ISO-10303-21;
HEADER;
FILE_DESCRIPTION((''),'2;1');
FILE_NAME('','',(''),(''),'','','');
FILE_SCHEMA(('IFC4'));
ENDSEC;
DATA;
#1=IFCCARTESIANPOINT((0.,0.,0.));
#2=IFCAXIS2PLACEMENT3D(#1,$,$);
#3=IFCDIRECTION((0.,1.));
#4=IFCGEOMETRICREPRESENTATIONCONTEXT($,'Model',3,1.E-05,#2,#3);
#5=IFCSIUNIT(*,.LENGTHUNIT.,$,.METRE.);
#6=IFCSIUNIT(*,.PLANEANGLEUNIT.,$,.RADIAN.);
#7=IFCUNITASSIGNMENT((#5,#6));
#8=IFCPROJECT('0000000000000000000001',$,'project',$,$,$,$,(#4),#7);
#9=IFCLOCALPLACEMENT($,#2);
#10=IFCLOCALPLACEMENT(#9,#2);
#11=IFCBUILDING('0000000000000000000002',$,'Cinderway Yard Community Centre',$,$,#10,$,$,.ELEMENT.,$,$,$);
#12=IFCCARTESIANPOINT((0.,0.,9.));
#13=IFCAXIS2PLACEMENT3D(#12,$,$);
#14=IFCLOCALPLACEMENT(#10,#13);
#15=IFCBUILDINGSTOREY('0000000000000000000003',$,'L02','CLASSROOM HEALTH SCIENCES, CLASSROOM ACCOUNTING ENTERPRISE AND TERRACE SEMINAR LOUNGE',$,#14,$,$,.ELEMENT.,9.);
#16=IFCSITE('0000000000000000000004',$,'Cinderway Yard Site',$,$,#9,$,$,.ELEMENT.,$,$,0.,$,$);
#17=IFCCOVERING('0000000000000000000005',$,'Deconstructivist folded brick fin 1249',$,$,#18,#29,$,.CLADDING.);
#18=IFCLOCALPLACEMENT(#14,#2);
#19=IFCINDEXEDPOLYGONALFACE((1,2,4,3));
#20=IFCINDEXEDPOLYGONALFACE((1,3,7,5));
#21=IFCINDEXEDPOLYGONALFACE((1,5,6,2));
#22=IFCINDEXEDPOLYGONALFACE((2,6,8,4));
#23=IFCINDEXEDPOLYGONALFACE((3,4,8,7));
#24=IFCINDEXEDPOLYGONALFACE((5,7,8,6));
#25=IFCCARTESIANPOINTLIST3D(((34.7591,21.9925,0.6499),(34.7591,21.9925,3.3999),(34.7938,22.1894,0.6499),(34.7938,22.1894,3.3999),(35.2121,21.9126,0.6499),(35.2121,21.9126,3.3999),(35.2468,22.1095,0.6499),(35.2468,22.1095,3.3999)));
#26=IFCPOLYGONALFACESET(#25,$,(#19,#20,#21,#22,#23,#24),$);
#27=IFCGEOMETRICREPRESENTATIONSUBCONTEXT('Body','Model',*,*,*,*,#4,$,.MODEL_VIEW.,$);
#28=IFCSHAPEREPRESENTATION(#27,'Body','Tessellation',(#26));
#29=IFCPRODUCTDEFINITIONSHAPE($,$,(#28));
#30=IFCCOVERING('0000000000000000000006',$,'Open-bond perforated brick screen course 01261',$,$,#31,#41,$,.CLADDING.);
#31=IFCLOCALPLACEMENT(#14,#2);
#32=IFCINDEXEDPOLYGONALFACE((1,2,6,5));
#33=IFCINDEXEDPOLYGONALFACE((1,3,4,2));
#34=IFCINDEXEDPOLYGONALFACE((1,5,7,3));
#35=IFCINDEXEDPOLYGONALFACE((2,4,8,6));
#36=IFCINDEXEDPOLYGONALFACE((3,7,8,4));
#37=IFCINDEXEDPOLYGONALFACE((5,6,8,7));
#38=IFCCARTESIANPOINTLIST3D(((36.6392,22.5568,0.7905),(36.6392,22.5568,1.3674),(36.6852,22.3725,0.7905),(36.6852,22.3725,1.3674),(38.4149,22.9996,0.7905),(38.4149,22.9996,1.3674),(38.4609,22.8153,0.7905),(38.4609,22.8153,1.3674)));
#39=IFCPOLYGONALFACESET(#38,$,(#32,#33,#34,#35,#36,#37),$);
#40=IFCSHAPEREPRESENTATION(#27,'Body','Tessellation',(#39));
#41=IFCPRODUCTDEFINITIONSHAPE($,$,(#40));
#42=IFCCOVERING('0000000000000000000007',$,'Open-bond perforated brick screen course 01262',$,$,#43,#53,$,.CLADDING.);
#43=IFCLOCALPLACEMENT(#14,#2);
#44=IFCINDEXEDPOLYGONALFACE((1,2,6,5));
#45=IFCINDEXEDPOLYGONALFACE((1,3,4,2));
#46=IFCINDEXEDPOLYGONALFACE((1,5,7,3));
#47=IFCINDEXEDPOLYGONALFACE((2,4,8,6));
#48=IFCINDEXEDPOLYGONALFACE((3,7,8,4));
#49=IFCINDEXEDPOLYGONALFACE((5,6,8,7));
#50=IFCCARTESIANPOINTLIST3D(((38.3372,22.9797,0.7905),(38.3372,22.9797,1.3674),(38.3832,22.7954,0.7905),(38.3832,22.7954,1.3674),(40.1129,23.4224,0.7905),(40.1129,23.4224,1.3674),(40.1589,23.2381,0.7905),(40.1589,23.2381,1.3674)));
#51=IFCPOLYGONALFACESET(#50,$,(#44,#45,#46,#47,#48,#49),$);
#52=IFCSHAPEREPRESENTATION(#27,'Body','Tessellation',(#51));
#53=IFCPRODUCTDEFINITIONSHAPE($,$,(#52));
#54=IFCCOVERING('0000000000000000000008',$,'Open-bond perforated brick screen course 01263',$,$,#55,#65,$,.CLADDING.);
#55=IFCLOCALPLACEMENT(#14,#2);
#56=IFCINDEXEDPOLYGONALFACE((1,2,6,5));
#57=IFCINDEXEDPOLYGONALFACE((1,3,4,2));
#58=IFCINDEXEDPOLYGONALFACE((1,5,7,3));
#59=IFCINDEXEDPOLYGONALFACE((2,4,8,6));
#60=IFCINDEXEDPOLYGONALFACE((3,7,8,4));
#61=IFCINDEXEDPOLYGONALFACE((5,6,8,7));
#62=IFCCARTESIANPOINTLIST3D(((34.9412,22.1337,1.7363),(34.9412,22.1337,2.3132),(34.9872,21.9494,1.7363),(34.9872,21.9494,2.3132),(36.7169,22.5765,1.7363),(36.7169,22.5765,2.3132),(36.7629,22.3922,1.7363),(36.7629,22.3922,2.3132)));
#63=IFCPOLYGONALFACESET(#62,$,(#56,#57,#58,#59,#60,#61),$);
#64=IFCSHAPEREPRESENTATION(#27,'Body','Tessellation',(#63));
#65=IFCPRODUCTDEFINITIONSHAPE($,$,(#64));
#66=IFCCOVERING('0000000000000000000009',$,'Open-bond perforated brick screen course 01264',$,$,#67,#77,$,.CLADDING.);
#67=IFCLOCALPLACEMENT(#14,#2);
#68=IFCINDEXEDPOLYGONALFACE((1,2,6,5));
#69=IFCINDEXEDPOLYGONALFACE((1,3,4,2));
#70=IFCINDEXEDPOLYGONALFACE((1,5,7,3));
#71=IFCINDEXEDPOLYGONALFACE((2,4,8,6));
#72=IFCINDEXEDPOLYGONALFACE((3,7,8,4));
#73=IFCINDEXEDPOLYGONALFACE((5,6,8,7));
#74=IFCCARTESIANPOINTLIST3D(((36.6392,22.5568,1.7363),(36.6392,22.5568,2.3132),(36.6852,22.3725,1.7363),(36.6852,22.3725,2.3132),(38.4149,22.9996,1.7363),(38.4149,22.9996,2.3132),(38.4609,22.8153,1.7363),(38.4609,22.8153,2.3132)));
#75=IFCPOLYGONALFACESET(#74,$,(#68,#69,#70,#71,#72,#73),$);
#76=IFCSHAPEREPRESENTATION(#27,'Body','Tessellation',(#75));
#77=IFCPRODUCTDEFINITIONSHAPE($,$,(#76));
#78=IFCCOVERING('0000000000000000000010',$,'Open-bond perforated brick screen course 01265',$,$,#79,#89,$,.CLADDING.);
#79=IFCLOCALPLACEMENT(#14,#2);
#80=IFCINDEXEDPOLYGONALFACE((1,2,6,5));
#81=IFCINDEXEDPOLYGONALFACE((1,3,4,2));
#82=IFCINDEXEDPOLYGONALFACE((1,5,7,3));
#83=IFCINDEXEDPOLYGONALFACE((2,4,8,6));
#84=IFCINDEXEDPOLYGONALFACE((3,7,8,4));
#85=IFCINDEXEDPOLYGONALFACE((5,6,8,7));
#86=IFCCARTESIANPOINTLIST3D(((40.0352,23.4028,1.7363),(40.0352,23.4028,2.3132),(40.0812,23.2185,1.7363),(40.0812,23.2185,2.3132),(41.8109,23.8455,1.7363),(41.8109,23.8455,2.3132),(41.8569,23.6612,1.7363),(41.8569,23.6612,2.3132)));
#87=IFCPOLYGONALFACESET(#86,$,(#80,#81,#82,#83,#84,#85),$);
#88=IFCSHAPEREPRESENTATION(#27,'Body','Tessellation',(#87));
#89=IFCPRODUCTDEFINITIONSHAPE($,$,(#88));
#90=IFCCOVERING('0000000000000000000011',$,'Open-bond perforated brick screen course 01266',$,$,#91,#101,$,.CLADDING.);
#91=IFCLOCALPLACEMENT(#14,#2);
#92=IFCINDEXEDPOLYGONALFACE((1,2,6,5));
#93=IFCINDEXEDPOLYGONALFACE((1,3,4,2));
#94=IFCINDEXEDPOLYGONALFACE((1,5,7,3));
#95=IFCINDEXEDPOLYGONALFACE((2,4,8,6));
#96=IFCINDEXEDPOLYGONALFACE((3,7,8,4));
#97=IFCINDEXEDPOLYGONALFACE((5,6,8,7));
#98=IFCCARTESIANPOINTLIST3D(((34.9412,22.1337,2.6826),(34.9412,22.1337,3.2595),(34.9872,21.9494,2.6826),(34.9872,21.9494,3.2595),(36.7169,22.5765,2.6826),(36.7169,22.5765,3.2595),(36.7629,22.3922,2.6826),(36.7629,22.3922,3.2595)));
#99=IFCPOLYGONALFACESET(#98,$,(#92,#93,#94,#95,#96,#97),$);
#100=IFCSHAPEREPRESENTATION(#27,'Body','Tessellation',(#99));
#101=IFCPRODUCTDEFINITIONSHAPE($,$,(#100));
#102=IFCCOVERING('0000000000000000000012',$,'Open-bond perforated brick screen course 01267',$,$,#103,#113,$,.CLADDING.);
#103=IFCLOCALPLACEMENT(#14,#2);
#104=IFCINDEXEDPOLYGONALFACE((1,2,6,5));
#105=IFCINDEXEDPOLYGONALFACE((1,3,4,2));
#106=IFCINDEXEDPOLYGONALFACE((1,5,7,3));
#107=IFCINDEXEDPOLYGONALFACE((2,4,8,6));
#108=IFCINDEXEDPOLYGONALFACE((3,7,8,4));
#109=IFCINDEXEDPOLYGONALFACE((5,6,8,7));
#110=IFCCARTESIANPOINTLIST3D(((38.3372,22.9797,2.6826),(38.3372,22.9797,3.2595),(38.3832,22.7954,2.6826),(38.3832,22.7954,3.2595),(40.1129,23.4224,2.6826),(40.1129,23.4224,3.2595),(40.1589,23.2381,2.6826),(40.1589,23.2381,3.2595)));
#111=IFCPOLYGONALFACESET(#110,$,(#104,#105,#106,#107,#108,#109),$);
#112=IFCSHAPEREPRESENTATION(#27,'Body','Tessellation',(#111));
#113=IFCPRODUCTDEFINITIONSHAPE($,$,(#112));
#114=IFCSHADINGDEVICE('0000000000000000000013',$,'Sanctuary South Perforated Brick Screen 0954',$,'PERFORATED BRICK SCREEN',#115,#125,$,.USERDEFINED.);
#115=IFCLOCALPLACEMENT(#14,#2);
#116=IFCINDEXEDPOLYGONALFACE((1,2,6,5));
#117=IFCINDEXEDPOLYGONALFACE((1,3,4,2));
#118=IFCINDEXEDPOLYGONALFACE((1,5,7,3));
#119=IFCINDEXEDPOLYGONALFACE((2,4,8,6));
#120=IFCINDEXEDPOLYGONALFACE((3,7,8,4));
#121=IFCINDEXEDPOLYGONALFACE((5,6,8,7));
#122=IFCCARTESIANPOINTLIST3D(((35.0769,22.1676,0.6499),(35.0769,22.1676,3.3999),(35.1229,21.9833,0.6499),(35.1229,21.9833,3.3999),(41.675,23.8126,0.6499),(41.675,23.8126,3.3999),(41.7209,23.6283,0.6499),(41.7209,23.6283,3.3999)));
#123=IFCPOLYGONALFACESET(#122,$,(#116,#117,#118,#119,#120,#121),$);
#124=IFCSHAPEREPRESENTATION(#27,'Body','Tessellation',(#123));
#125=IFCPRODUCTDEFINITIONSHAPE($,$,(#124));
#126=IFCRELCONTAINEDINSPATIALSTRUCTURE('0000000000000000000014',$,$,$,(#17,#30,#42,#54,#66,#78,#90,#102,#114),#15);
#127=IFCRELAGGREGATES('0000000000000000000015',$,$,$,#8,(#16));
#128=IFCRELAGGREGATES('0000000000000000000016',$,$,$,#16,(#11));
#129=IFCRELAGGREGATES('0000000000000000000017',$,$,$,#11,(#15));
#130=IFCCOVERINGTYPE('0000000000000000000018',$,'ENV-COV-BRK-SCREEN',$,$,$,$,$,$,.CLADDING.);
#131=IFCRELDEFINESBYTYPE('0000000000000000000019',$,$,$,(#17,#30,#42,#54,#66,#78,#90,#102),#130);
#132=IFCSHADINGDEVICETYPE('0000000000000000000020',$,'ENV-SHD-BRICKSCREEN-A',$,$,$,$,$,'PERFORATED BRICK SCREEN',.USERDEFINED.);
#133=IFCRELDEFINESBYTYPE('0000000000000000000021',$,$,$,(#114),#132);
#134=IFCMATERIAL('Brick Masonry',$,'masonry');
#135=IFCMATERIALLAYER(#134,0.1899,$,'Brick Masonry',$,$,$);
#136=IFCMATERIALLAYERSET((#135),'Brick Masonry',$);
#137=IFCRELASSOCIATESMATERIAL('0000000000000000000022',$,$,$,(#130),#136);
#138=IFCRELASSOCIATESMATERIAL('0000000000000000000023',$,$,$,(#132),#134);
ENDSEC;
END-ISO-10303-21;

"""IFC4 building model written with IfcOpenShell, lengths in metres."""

from ifc_helpers import new_model, si_unit, direction, frame, origin, origin_2d, place, context, subcontext, project, spatial, rectangle, extrude, material, layer, layer_set, type_object, element, save


model = new_model("IFC4")

# Units and contexts
model_context = context("Model", 3, precision=1e-05, world=origin(), true_north=direction((0.0, 1.0)))
body_context = subcontext(model_context, "Body", "Model", "MODEL_VIEW")
ifc_project = project(units=[si_unit("LENGTHUNIT", "METRE"), si_unit("PLANEANGLEUNIT", "RADIAN")], contexts=[model_context])

# Site, building, storey
site_placement = place(None, origin())
site = spatial("IfcSite", under=ifc_project, at=site_placement, Name="Cinderway Yard Site", CompositionType="ELEMENT", RefElevation=0.0)
building_placement = place(site_placement, origin())
building = spatial("IfcBuilding", under=site, at=building_placement, Name="Cinderway Yard Community Centre", CompositionType="ELEMENT")
storey_placement = place(building_placement, frame((0.0, 0.0, 9.0)))
storey = spatial("IfcBuildingStorey", under=building, at=storey_placement, Name="L02", Description="CLASSROOM HEALTH SCIENCES, CLASSROOM ACCOUNTING ENTERPRISE AND TERRACE SEMINAR LOUNGE", CompositionType="ELEMENT", Elevation=9.0)

# Coverings
ifc_material_1 = material(Name="Brick Masonry", Category="masonry")
ifc_layer_1 = layer(ifc_material_1, 0.1899, Name="Brick Masonry")
ifc_layer_set_1 = layer_set([ifc_layer_1], Name="Brick Masonry")
covering_type = type_object("IfcCoveringType", Name="ENV-COV-BRK-SCREEN", PredefinedType="CLADDING", material=ifc_layer_set_1)
covering_placement = place(storey_placement, frame((35.0029, 22.051, 0.6499), z_axis=(0.0, 0.0, 1.0), x_axis=(-0.984808, 0.173648, 0.0)))
element("IfcCovering", 1, at=covering_placement, inside=storey, type_object=covering_type, Name="Deconstructivist folded brick fin 1249", PredefinedType="CLADDING", context=body_context, shape_type="SweptSolid", body=[
    extrude(rectangle(XDim=0.46, YDim=0.2, at=origin_2d()), origin(), (0.0, 0.0, 1.0), 2.75),
])
for number, where, z_axis, x_axis, name in (
    (2, (37.55, 22.686, 0.7905), (0.0, 0.0, 1.0), (-0.970296, -0.241922, 0.0), "Open-bond perforated brick screen course 01261"),
    (3, (39.248, 23.1089, 0.7905), (0.0, 0.0, 1.0), (-0.970296, -0.241922, 0.0), "Open-bond perforated brick screen course 01262"),
    (4, (35.8521, 22.2629, 1.7363), (0.0, 0.0, 1.0), (-0.970296, -0.241922, 0.0), "Open-bond perforated brick screen course 01263"),
    (5, (37.55, 22.686, 1.7363), (0.0, 0.0, 1.0), (-0.970296, -0.241922, 0.0), "Open-bond perforated brick screen course 01264"),
    (6, (40.946, 23.532, 1.7363), (0.0, 0.0, 1.0), (-0.970296, -0.241922, 0.0), "Open-bond perforated brick screen course 01265"),
    (7, (35.8521, 22.2629, 2.6826), (0.0, 0.0, 1.0), (-0.970296, -0.241922, 0.0), "Open-bond perforated brick screen course 01266"),
    (8, (39.248, 23.1089, 2.6826), (0.0, 0.0, 1.0), (-0.970296, -0.241922, 0.0), "Open-bond perforated brick screen course 01267"),
):
    element("IfcCovering", number, at=place(storey_placement, frame(where, z_axis=z_axis, x_axis=x_axis)), inside=storey, type_object=covering_type, Name=name, PredefinedType="CLADDING", context=body_context, shape_type="SweptSolid", body=[
        extrude(rectangle(XDim=1.8301, YDim=0.1899, at=origin_2d()), origin(), (0.0, 0.0, 1.0), 0.5769),
    ])

# Shading device
shading_device_type = type_object("IfcShadingDeviceType", Name="ENV-SHD-BRICKSCREEN-A", ElementType="PERFORATED BRICK SCREEN", PredefinedType="USERDEFINED", material=ifc_material_1)
shading_device_placement = place(storey_placement, frame((38.3989, 22.8979, 0.6499), z_axis=(0.0, 0.0, 1.0), x_axis=(-0.970296, -0.241922, 0.0)))
element("IfcShadingDevice", 9, at=shading_device_placement, inside=storey, type_object=shading_device_type, Name="Sanctuary South Perforated Brick Screen 0954", ObjectType="PERFORATED BRICK SCREEN", PredefinedType="USERDEFINED", context=body_context, shape_type="SweptSolid", body=[
    extrude(rectangle(XDim=6.8, YDim=0.1899, at=origin_2d()), origin(), (0.0, 0.0, 1.0), 2.75),
])

save(model, "model.ifc")
